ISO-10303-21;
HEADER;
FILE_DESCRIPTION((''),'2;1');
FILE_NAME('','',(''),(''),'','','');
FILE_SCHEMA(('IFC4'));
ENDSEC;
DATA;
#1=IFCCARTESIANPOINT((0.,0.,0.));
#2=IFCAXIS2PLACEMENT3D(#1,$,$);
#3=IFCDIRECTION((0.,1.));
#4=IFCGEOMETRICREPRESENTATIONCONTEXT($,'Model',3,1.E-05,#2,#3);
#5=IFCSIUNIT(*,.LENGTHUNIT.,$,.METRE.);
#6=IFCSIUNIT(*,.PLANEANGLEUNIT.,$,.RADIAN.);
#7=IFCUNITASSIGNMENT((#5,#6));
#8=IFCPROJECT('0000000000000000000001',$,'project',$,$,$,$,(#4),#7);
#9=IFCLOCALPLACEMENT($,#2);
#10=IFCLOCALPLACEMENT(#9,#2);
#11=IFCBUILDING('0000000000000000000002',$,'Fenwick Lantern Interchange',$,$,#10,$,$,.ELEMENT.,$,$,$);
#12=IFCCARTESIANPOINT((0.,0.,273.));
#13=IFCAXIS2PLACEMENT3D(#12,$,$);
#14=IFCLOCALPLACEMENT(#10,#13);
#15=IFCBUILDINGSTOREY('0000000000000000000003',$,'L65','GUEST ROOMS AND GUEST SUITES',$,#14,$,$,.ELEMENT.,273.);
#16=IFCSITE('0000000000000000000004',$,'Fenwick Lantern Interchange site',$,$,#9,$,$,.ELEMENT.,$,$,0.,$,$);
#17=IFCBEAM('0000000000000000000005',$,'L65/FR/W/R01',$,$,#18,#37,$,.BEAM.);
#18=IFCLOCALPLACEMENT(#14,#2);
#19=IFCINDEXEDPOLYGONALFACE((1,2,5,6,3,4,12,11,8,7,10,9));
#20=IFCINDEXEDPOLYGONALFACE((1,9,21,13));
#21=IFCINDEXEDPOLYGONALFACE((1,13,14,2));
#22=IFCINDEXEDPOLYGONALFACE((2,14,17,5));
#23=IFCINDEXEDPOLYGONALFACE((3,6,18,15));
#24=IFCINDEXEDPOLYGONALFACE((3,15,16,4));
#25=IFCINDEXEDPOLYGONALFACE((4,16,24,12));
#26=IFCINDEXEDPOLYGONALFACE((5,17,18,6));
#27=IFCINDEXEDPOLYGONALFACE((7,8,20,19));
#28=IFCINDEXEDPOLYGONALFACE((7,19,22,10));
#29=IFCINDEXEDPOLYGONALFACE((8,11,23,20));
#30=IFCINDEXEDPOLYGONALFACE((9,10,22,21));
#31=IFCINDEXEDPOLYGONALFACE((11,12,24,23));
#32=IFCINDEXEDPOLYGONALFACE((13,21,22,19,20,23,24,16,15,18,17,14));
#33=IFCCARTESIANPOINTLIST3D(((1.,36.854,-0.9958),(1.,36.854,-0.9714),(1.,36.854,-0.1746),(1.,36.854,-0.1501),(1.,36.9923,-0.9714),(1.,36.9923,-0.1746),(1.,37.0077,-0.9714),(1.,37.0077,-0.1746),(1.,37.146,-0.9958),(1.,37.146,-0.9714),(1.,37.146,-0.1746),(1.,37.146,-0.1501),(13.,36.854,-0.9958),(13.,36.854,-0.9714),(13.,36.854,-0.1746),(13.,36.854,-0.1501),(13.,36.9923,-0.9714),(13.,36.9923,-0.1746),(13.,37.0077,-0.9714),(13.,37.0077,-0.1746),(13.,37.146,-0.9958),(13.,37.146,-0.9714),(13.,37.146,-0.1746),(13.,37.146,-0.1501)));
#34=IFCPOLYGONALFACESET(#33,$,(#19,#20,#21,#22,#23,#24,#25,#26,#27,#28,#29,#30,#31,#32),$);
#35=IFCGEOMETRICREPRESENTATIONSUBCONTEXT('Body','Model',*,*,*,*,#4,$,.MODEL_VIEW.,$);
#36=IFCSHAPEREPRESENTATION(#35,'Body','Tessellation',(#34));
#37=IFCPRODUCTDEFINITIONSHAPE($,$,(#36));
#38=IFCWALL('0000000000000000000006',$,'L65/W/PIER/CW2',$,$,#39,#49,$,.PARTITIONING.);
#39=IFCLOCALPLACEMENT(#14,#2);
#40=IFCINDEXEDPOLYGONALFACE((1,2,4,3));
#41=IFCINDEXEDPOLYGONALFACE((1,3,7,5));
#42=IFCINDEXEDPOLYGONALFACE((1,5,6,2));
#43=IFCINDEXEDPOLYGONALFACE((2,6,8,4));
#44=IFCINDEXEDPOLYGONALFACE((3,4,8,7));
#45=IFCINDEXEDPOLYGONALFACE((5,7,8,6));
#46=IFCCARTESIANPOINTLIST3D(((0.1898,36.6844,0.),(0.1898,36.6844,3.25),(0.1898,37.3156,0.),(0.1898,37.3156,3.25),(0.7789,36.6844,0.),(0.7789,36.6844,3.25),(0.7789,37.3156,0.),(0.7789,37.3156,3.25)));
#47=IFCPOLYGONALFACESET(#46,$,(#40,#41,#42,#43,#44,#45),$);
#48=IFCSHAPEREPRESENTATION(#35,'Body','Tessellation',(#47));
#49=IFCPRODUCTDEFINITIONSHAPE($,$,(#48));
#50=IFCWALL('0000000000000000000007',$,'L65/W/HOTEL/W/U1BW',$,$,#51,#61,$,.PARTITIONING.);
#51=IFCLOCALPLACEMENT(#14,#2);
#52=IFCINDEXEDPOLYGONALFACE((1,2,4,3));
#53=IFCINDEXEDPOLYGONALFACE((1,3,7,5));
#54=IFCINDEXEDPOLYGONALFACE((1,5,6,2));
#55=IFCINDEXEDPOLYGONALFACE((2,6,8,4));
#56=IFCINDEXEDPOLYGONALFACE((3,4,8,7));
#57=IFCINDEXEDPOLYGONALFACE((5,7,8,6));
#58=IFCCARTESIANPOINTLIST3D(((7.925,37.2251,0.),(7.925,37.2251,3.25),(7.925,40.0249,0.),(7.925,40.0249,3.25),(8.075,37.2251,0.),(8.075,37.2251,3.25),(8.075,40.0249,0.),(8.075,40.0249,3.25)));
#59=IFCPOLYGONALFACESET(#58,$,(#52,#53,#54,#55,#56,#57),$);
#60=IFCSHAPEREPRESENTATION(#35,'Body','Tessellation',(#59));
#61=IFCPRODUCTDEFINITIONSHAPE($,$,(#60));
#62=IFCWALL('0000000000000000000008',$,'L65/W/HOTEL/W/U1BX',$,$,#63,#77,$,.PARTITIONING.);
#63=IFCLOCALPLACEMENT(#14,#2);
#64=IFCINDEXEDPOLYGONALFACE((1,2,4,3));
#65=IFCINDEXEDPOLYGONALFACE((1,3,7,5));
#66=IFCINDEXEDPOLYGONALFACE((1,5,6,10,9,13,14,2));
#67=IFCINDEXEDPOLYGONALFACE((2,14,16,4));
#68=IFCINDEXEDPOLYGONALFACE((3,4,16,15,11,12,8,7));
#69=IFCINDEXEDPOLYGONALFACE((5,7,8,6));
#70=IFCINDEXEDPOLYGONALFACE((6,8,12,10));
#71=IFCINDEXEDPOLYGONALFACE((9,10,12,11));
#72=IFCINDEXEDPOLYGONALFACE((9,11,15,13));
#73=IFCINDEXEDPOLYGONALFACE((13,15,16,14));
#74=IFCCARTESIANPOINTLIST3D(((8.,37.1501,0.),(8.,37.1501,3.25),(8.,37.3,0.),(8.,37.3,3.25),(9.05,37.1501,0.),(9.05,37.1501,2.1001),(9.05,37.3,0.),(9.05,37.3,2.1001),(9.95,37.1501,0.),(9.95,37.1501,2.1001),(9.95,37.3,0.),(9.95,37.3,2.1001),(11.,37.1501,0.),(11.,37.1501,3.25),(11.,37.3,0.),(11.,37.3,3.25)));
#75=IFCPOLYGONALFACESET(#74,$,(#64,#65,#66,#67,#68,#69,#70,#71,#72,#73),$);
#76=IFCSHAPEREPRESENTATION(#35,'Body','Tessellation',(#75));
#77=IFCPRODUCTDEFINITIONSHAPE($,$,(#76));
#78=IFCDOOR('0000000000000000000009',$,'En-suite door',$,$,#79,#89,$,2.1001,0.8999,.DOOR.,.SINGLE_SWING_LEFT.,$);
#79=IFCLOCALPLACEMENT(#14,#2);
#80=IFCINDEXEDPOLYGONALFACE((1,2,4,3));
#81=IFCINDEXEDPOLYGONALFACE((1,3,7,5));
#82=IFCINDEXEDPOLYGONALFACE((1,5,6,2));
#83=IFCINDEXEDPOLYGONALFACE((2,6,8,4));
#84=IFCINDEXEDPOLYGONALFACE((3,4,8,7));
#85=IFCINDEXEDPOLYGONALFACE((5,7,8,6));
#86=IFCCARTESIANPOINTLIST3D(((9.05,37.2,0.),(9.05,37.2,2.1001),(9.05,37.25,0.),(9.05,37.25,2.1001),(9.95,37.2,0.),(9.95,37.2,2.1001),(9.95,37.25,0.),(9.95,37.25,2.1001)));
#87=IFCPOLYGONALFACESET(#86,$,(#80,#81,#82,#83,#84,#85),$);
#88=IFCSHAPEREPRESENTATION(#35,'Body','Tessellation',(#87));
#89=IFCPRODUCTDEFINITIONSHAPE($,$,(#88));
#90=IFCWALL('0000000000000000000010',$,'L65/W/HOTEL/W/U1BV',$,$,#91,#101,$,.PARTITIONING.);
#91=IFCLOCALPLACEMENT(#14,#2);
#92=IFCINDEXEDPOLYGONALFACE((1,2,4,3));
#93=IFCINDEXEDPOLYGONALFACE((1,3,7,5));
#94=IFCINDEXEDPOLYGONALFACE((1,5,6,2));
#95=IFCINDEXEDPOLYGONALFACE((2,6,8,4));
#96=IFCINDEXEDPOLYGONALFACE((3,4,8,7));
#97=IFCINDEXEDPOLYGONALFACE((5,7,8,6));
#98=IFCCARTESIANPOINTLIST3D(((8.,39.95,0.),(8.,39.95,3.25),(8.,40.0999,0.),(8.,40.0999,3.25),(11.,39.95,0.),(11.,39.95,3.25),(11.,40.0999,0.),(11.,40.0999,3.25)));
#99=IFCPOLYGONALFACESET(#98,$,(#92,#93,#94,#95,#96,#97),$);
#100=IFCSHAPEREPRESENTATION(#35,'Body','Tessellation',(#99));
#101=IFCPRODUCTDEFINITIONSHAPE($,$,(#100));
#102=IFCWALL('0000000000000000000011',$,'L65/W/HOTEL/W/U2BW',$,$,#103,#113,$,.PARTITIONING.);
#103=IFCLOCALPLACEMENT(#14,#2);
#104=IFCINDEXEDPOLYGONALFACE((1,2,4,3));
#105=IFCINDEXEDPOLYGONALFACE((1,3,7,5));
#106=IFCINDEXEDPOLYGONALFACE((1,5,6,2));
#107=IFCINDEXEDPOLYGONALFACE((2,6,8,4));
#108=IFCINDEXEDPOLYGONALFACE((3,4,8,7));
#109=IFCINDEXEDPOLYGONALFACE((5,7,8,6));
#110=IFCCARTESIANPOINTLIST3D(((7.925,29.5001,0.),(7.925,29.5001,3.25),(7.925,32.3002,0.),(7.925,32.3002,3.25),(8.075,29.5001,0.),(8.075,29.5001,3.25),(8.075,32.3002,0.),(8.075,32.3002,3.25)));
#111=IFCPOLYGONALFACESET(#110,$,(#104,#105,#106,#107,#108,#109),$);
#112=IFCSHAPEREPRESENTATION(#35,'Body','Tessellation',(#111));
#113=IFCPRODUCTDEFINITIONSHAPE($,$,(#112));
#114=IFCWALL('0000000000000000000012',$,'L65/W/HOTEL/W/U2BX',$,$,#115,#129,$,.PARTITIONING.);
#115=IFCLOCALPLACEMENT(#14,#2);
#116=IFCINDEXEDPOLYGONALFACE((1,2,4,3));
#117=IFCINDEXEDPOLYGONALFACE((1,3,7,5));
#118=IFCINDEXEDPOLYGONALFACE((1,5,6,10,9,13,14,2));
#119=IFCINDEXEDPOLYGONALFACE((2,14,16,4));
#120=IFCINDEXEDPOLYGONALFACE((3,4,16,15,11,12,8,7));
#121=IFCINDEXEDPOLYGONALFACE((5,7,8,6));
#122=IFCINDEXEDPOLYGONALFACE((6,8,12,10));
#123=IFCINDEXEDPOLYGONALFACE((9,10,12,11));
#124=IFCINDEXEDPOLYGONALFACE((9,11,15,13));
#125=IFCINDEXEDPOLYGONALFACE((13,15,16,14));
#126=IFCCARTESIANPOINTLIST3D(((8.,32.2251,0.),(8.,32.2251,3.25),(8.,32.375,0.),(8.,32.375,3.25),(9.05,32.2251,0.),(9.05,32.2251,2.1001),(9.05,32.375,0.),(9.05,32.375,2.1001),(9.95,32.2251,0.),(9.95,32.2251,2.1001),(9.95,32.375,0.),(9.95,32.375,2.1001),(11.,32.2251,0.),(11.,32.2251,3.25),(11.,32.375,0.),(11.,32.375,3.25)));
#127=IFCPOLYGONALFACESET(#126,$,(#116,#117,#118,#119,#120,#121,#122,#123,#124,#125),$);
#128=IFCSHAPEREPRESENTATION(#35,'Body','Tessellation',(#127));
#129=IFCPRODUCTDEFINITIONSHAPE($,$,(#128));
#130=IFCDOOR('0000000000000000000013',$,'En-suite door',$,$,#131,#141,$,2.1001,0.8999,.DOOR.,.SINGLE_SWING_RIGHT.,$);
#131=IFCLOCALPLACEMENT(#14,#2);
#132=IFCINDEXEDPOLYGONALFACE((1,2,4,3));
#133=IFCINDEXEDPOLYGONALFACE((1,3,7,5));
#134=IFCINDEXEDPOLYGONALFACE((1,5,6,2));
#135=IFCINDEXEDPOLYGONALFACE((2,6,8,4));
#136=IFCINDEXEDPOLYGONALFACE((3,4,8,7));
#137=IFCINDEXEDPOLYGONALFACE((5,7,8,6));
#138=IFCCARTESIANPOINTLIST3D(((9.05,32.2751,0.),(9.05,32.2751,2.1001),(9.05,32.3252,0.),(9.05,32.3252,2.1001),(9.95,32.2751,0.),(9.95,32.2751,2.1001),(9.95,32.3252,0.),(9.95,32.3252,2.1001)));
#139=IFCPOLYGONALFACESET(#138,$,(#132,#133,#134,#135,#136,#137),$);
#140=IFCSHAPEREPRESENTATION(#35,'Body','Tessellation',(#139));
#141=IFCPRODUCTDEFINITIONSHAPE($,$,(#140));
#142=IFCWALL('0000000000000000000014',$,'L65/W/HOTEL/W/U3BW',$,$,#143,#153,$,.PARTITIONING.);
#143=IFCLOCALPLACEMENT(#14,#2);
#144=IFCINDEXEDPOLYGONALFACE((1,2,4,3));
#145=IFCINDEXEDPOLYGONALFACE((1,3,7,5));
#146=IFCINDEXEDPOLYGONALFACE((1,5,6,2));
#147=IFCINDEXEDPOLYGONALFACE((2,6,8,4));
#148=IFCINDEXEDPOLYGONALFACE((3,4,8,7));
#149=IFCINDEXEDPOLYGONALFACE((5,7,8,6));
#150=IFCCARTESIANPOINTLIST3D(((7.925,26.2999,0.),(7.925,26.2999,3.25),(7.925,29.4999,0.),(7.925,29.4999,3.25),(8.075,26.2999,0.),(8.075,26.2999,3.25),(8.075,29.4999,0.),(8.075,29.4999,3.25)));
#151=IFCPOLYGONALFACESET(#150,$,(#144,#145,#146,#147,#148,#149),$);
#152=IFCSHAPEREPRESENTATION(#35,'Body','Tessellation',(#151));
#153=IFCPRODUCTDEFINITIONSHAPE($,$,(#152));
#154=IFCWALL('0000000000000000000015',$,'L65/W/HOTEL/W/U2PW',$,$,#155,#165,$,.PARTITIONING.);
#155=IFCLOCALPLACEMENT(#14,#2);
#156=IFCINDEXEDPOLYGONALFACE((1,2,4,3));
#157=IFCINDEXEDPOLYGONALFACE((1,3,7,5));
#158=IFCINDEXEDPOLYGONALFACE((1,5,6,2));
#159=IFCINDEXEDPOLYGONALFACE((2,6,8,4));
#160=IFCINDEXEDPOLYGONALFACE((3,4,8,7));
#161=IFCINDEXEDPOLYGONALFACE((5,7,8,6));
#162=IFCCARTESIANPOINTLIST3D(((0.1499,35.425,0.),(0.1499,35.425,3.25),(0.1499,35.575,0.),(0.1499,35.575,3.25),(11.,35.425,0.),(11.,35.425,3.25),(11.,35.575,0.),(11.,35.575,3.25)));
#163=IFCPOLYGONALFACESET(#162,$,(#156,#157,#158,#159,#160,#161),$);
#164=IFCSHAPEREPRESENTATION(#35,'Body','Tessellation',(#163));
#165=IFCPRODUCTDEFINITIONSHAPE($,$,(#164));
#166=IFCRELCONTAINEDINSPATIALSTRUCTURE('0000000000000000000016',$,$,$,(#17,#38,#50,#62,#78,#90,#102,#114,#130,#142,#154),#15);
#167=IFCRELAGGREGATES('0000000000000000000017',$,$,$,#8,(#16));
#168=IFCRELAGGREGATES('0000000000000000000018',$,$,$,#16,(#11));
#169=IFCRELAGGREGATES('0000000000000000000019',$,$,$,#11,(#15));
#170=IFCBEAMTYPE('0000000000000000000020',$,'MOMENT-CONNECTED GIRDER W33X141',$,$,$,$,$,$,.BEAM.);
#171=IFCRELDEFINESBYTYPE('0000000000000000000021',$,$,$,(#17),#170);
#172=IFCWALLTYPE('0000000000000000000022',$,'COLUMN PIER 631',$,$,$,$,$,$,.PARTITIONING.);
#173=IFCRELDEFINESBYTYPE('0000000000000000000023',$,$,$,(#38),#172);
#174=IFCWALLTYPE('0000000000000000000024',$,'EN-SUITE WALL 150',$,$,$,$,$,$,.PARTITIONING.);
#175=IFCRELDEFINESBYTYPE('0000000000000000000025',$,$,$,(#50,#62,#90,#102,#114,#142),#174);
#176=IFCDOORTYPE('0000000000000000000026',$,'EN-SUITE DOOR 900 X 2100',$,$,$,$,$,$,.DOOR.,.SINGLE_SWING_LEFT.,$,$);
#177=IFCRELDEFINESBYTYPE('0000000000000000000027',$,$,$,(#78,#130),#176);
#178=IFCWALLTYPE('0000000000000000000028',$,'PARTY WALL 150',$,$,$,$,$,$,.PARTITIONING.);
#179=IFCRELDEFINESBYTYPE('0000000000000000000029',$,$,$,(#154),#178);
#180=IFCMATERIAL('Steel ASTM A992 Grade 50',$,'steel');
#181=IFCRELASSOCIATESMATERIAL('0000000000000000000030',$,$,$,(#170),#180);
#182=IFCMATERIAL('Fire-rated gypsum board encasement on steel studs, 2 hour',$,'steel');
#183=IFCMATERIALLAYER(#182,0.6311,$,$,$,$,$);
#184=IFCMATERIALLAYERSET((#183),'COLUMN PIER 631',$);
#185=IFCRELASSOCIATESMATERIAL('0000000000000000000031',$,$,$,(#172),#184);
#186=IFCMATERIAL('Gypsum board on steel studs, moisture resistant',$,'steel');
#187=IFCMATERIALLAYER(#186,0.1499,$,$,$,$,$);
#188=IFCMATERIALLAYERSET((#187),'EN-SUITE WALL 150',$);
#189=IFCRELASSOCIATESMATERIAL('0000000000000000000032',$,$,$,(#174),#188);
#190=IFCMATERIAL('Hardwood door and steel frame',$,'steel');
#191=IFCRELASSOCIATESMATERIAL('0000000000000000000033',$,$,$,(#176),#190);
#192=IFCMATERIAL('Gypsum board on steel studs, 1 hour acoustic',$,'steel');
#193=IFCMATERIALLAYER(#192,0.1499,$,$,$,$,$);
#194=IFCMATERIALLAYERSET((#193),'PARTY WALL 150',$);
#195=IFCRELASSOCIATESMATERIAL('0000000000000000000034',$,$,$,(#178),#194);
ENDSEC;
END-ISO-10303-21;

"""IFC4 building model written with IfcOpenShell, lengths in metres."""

from ifc_helpers import new_model, si_unit, direction, frame, frame_2d, origin, origin_2d, place, context, subcontext, project, spatial, rectangle, i_section, extrude, material, layer, layer_set, material_profile, profile_set, type_object, element, fill, save


model = new_model("IFC4")

# Units and contexts
model_context = context("Model", 3, precision=1e-05, world=origin(), true_north=direction((0.0, 1.0)))
body_context = subcontext(model_context, "Body", "Model", "MODEL_VIEW")
ifc_project = project(units=[si_unit("LENGTHUNIT", "METRE"), si_unit("PLANEANGLEUNIT", "RADIAN")], contexts=[model_context])

# Site, building, storey
site_placement = place(None, origin())
site = spatial("IfcSite", under=ifc_project, at=site_placement, Name="Fenwick Lantern Interchange site", CompositionType="ELEMENT", RefElevation=0.0)
building_placement = place(site_placement, origin())
building = spatial("IfcBuilding", under=site, at=building_placement, Name="Fenwick Lantern Interchange", CompositionType="ELEMENT")
storey_placement = place(building_placement, frame((0.0, 0.0, 273.0)))
storey = spatial("IfcBuildingStorey", under=building, at=storey_placement, Name="L65", Description="GUEST ROOMS AND GUEST SUITES", CompositionType="ELEMENT", Elevation=273.0)

# Shared definitions
ifc_material_1 = material(Name="Steel ASTM A992 Grade 50", Category="steel")

# Beam
ifc_material_profile_1 = material_profile(ifc_material_1, i_section(OverallWidth=0.292, OverallDepth=0.8457, WebThickness=0.0154, FlangeThickness=0.0244, at=origin_2d()), Name="W33X141")
ifc_profile_set_1 = profile_set([ifc_material_profile_1], Name="Steel ASTM A992 Grade 50")
beam_type_1 = type_object("IfcBeamType", Name="MOMENT-CONNECTED GIRDER W33X141", PredefinedType="BEAM", material=ifc_profile_set_1)
beam_1_placement = place(storey_placement, frame((1.0, 37.0, -0.573), z_axis=(1.0, 0.0, 0.0), x_axis=(0.0, 1.0, 0.0)))
element("IfcBeam", 1, at=beam_1_placement, inside=storey, type_object=beam_type_1, Name="L65/FR/W/R01", PredefinedType="BEAM", context=body_context, shape_type="SweptSolid", body=[
    extrude(i_section(OverallWidth=0.292, OverallDepth=0.8457, WebThickness=0.0154, FlangeThickness=0.0244, at=origin_2d()), origin(), (0.0, 0.0, 1.0), 12.0),
])

# Walls
ifc_material_2 = material(Name="Fire-rated gypsum board encasement on steel studs, 2 hour", Category="steel")
ifc_layer_1 = layer(ifc_material_2, 0.6311)
ifc_layer_set_1 = layer_set([ifc_layer_1], Name="COLUMN PIER 631")
wall_type_1 = type_object("IfcWallType", Name="COLUMN PIER 631", PredefinedType="PARTITIONING", material=ifc_layer_set_1)
wall_1_placement = place(storey_placement, frame((0.1899, 37.0, 0.0), z_axis=(0.0, 0.0, 1.0), x_axis=(1.0, 0.0, 0.0)))
element("IfcWall", 2, at=wall_1_placement, inside=storey, type_object=wall_type_1, Name="L65/W/PIER/CW2", PredefinedType="PARTITIONING", context=body_context, shape_type="SweptSolid", body=[
    extrude(rectangle(XDim=0.5891, YDim=0.6311, at=frame_2d((0.2944, 0.0))), origin(), (0.0, 0.0, 1.0), 3.25),
])
ifc_material_3 = material(Name="Gypsum board on steel studs, moisture resistant", Category="steel")
ifc_layer_2 = layer(ifc_material_3, 0.1499)
ifc_layer_set_2 = layer_set([ifc_layer_2], Name="EN-SUITE WALL 150")
wall_type_2 = type_object("IfcWallType", Name="EN-SUITE WALL 150", PredefinedType="PARTITIONING", material=ifc_layer_set_2)
wall_2_placement = place(storey_placement, frame((8.0, 40.0249, 0.0), z_axis=(0.0, 0.0, 1.0), x_axis=(0.0, -1.0, 0.0)))
element("IfcWall", 3, at=wall_2_placement, inside=storey, type_object=wall_type_2, Name="L65/W/HOTEL/W/U1BW", PredefinedType="PARTITIONING", context=body_context, shape_type="SweptSolid", body=[
    extrude(rectangle(XDim=2.7998, YDim=0.1499, at=frame_2d((1.3999, 0.0))), origin(), (0.0, 0.0, 1.0), 3.25),
])

# Wall, opening, door
wall_3_placement = place(storey_placement, frame((8.0, 37.2251, 0.0), z_axis=(0.0, 0.0, 1.0), x_axis=(1.0, 0.0, 0.0)))
wall_3 = element("IfcWall", 4, at=wall_3_placement, inside=storey, type_object=wall_type_2, Name="L65/W/HOTEL/W/U1BX", PredefinedType="PARTITIONING", context=body_context, shape_type="SweptSolid", body=[
    extrude(rectangle(XDim=3.0, YDim=0.1499, at=frame_2d((1.5, 0.0))), origin(), (0.0, 0.0, 1.0), 3.25),
])
opening_1_placement = place(wall_3_placement, frame((1.05, 0.0, 0.0)))
opening_1 = element("IfcOpeningElement", 5, at=opening_1_placement, cuts=wall_3, PredefinedType="OPENING", context=body_context, shape_type="SweptSolid", body=[
    extrude(rectangle(XDim=0.8999, YDim=2.1001, at=frame_2d((0.45, 1.05))), frame((0.0, 0.085, 0.0), z_axis=(0.0, -1.0, 0.0), x_axis=(1.0, 0.0, 0.0)), (0.0, 0.0, 1.0), 0.1699),
])
ifc_material_4 = material(Name="Hardwood door and steel frame", Category="steel")
door_type = type_object("IfcDoorType", Name="EN-SUITE DOOR 900 X 2100", OperationType="SINGLE_SWING_LEFT", PredefinedType="DOOR", material=ifc_material_4)
door_1_placement = place(opening_1_placement, origin())
door_1 = element("IfcDoor", 6, at=door_1_placement, inside=storey, type_object=door_type, Name="En-suite door", OperationType="SINGLE_SWING_LEFT", OverallHeight=2.1001, OverallWidth=0.8999, PredefinedType="DOOR", context=body_context, shape_type="SweptSolid", body=[
    extrude(rectangle(XDim=0.8999, YDim=2.1001, at=frame_2d((0.45, 1.05))), frame((0.0, 0.0249, 0.0), z_axis=(0.0, -1.0, 0.0), x_axis=(1.0, 0.0, 0.0)), (0.0, 0.0, 1.0), 0.05),
])
fill(opening_1, door_1)

# Walls
wall_4_placement = place(storey_placement, frame((8.0, 40.0249, 0.0), z_axis=(0.0, 0.0, 1.0), x_axis=(1.0, 0.0, 0.0)))
element("IfcWall", 7, at=wall_4_placement, inside=storey, type_object=wall_type_2, Name="L65/W/HOTEL/W/U1BV", PredefinedType="PARTITIONING", context=body_context, shape_type="SweptSolid", body=[
    extrude(rectangle(XDim=3.0, YDim=0.1499, at=frame_2d((1.5, 0.0))), origin(), (0.0, 0.0, 1.0), 3.25),
])
wall_5_placement = place(storey_placement, frame((8.0, 32.3, 0.0), z_axis=(0.0, 0.0, 1.0), x_axis=(0.0, -1.0, 0.0)))
element("IfcWall", 8, at=wall_5_placement, inside=storey, type_object=wall_type_2, Name="L65/W/HOTEL/W/U2BW", PredefinedType="PARTITIONING", context=body_context, shape_type="SweptSolid", body=[
    extrude(rectangle(XDim=2.8, YDim=0.1499, at=frame_2d((1.3999, 0.0))), origin(), (0.0, 0.0, 1.0), 3.25),
])

# Wall, opening, door
wall_6_placement = place(storey_placement, frame((8.0, 32.3, 0.0), z_axis=(0.0, 0.0, 1.0), x_axis=(1.0, 0.0, 0.0)))
wall_6 = element("IfcWall", 9, at=wall_6_placement, inside=storey, type_object=wall_type_2, Name="L65/W/HOTEL/W/U2BX", PredefinedType="PARTITIONING", context=body_context, shape_type="SweptSolid", body=[
    extrude(rectangle(XDim=3.0, YDim=0.1499, at=frame_2d((1.5, 0.0))), origin(), (0.0, 0.0, 1.0), 3.25),
])
opening_2_placement = place(wall_6_placement, frame((1.05, 0.0, 0.0)))
opening_2 = element("IfcOpeningElement", 10, at=opening_2_placement, cuts=wall_6, PredefinedType="OPENING", context=body_context, shape_type="SweptSolid", body=[
    extrude(rectangle(XDim=0.8999, YDim=2.1001, at=frame_2d((0.45, 1.05))), frame((0.0, 0.085, 0.0), z_axis=(0.0, -1.0, 0.0), x_axis=(1.0, 0.0, 0.0)), (0.0, 0.0, 1.0), 0.1699),
])
door_2_placement = place(opening_2_placement, frame((0.8999, 0.0, 0.0), z_axis=(0.0, 0.0, 1.0), x_axis=(-1.0, 0.0, 0.0)))
door_2 = element("IfcDoor", 11, at=door_2_placement, inside=storey, type_object=door_type, Name="En-suite door", OperationType="SINGLE_SWING_RIGHT", OverallHeight=2.1001, OverallWidth=0.8999, PredefinedType="DOOR", context=body_context, shape_type="SweptSolid", body=[
    extrude(rectangle(XDim=0.8999, YDim=2.1001, at=frame_2d((0.45, 1.05))), frame((0.0, 0.0249, 0.0), z_axis=(0.0, -1.0, 0.0), x_axis=(1.0, 0.0, 0.0)), (0.0, 0.0, 1.0), 0.05),
])
fill(opening_2, door_2)

# Walls
wall_7_placement = place(storey_placement, frame((8.0, 29.5, 0.0), z_axis=(0.0, 0.0, 1.0), x_axis=(0.0, -1.0, 0.0)))
element("IfcWall", 12, at=wall_7_placement, inside=storey, type_object=wall_type_2, Name="L65/W/HOTEL/W/U3BW", PredefinedType="PARTITIONING", context=body_context, shape_type="SweptSolid", body=[
    extrude(rectangle(XDim=3.2, YDim=0.1499, at=frame_2d((1.6001, 0.0))), origin(), (0.0, 0.0, 1.0), 3.25),
])
ifc_material_5 = material(Name="Gypsum board on steel studs, 1 hour acoustic", Category="steel")
ifc_layer_3 = layer(ifc_material_5, 0.1499)
ifc_layer_set_3 = layer_set([ifc_layer_3], Name="PARTY WALL 150")
wall_type_3 = type_object("IfcWallType", Name="PARTY WALL 150", PredefinedType="PARTITIONING", material=ifc_layer_set_3)
wall_8_placement = place(storey_placement, frame((0.1499, 35.5, 0.0), z_axis=(0.0, 0.0, 1.0), x_axis=(1.0, 0.0, 0.0)))
element("IfcWall", 13, at=wall_8_placement, inside=storey, type_object=wall_type_3, Name="L65/W/HOTEL/W/U2PW", PredefinedType="PARTITIONING", context=body_context, shape_type="SweptSolid", body=[
    extrude(rectangle(XDim=10.8501, YDim=0.1499, at=frame_2d((5.425, 0.0))), origin(), (0.0, 0.0, 1.0), 3.25),
])

save(model, "model.ifc")
